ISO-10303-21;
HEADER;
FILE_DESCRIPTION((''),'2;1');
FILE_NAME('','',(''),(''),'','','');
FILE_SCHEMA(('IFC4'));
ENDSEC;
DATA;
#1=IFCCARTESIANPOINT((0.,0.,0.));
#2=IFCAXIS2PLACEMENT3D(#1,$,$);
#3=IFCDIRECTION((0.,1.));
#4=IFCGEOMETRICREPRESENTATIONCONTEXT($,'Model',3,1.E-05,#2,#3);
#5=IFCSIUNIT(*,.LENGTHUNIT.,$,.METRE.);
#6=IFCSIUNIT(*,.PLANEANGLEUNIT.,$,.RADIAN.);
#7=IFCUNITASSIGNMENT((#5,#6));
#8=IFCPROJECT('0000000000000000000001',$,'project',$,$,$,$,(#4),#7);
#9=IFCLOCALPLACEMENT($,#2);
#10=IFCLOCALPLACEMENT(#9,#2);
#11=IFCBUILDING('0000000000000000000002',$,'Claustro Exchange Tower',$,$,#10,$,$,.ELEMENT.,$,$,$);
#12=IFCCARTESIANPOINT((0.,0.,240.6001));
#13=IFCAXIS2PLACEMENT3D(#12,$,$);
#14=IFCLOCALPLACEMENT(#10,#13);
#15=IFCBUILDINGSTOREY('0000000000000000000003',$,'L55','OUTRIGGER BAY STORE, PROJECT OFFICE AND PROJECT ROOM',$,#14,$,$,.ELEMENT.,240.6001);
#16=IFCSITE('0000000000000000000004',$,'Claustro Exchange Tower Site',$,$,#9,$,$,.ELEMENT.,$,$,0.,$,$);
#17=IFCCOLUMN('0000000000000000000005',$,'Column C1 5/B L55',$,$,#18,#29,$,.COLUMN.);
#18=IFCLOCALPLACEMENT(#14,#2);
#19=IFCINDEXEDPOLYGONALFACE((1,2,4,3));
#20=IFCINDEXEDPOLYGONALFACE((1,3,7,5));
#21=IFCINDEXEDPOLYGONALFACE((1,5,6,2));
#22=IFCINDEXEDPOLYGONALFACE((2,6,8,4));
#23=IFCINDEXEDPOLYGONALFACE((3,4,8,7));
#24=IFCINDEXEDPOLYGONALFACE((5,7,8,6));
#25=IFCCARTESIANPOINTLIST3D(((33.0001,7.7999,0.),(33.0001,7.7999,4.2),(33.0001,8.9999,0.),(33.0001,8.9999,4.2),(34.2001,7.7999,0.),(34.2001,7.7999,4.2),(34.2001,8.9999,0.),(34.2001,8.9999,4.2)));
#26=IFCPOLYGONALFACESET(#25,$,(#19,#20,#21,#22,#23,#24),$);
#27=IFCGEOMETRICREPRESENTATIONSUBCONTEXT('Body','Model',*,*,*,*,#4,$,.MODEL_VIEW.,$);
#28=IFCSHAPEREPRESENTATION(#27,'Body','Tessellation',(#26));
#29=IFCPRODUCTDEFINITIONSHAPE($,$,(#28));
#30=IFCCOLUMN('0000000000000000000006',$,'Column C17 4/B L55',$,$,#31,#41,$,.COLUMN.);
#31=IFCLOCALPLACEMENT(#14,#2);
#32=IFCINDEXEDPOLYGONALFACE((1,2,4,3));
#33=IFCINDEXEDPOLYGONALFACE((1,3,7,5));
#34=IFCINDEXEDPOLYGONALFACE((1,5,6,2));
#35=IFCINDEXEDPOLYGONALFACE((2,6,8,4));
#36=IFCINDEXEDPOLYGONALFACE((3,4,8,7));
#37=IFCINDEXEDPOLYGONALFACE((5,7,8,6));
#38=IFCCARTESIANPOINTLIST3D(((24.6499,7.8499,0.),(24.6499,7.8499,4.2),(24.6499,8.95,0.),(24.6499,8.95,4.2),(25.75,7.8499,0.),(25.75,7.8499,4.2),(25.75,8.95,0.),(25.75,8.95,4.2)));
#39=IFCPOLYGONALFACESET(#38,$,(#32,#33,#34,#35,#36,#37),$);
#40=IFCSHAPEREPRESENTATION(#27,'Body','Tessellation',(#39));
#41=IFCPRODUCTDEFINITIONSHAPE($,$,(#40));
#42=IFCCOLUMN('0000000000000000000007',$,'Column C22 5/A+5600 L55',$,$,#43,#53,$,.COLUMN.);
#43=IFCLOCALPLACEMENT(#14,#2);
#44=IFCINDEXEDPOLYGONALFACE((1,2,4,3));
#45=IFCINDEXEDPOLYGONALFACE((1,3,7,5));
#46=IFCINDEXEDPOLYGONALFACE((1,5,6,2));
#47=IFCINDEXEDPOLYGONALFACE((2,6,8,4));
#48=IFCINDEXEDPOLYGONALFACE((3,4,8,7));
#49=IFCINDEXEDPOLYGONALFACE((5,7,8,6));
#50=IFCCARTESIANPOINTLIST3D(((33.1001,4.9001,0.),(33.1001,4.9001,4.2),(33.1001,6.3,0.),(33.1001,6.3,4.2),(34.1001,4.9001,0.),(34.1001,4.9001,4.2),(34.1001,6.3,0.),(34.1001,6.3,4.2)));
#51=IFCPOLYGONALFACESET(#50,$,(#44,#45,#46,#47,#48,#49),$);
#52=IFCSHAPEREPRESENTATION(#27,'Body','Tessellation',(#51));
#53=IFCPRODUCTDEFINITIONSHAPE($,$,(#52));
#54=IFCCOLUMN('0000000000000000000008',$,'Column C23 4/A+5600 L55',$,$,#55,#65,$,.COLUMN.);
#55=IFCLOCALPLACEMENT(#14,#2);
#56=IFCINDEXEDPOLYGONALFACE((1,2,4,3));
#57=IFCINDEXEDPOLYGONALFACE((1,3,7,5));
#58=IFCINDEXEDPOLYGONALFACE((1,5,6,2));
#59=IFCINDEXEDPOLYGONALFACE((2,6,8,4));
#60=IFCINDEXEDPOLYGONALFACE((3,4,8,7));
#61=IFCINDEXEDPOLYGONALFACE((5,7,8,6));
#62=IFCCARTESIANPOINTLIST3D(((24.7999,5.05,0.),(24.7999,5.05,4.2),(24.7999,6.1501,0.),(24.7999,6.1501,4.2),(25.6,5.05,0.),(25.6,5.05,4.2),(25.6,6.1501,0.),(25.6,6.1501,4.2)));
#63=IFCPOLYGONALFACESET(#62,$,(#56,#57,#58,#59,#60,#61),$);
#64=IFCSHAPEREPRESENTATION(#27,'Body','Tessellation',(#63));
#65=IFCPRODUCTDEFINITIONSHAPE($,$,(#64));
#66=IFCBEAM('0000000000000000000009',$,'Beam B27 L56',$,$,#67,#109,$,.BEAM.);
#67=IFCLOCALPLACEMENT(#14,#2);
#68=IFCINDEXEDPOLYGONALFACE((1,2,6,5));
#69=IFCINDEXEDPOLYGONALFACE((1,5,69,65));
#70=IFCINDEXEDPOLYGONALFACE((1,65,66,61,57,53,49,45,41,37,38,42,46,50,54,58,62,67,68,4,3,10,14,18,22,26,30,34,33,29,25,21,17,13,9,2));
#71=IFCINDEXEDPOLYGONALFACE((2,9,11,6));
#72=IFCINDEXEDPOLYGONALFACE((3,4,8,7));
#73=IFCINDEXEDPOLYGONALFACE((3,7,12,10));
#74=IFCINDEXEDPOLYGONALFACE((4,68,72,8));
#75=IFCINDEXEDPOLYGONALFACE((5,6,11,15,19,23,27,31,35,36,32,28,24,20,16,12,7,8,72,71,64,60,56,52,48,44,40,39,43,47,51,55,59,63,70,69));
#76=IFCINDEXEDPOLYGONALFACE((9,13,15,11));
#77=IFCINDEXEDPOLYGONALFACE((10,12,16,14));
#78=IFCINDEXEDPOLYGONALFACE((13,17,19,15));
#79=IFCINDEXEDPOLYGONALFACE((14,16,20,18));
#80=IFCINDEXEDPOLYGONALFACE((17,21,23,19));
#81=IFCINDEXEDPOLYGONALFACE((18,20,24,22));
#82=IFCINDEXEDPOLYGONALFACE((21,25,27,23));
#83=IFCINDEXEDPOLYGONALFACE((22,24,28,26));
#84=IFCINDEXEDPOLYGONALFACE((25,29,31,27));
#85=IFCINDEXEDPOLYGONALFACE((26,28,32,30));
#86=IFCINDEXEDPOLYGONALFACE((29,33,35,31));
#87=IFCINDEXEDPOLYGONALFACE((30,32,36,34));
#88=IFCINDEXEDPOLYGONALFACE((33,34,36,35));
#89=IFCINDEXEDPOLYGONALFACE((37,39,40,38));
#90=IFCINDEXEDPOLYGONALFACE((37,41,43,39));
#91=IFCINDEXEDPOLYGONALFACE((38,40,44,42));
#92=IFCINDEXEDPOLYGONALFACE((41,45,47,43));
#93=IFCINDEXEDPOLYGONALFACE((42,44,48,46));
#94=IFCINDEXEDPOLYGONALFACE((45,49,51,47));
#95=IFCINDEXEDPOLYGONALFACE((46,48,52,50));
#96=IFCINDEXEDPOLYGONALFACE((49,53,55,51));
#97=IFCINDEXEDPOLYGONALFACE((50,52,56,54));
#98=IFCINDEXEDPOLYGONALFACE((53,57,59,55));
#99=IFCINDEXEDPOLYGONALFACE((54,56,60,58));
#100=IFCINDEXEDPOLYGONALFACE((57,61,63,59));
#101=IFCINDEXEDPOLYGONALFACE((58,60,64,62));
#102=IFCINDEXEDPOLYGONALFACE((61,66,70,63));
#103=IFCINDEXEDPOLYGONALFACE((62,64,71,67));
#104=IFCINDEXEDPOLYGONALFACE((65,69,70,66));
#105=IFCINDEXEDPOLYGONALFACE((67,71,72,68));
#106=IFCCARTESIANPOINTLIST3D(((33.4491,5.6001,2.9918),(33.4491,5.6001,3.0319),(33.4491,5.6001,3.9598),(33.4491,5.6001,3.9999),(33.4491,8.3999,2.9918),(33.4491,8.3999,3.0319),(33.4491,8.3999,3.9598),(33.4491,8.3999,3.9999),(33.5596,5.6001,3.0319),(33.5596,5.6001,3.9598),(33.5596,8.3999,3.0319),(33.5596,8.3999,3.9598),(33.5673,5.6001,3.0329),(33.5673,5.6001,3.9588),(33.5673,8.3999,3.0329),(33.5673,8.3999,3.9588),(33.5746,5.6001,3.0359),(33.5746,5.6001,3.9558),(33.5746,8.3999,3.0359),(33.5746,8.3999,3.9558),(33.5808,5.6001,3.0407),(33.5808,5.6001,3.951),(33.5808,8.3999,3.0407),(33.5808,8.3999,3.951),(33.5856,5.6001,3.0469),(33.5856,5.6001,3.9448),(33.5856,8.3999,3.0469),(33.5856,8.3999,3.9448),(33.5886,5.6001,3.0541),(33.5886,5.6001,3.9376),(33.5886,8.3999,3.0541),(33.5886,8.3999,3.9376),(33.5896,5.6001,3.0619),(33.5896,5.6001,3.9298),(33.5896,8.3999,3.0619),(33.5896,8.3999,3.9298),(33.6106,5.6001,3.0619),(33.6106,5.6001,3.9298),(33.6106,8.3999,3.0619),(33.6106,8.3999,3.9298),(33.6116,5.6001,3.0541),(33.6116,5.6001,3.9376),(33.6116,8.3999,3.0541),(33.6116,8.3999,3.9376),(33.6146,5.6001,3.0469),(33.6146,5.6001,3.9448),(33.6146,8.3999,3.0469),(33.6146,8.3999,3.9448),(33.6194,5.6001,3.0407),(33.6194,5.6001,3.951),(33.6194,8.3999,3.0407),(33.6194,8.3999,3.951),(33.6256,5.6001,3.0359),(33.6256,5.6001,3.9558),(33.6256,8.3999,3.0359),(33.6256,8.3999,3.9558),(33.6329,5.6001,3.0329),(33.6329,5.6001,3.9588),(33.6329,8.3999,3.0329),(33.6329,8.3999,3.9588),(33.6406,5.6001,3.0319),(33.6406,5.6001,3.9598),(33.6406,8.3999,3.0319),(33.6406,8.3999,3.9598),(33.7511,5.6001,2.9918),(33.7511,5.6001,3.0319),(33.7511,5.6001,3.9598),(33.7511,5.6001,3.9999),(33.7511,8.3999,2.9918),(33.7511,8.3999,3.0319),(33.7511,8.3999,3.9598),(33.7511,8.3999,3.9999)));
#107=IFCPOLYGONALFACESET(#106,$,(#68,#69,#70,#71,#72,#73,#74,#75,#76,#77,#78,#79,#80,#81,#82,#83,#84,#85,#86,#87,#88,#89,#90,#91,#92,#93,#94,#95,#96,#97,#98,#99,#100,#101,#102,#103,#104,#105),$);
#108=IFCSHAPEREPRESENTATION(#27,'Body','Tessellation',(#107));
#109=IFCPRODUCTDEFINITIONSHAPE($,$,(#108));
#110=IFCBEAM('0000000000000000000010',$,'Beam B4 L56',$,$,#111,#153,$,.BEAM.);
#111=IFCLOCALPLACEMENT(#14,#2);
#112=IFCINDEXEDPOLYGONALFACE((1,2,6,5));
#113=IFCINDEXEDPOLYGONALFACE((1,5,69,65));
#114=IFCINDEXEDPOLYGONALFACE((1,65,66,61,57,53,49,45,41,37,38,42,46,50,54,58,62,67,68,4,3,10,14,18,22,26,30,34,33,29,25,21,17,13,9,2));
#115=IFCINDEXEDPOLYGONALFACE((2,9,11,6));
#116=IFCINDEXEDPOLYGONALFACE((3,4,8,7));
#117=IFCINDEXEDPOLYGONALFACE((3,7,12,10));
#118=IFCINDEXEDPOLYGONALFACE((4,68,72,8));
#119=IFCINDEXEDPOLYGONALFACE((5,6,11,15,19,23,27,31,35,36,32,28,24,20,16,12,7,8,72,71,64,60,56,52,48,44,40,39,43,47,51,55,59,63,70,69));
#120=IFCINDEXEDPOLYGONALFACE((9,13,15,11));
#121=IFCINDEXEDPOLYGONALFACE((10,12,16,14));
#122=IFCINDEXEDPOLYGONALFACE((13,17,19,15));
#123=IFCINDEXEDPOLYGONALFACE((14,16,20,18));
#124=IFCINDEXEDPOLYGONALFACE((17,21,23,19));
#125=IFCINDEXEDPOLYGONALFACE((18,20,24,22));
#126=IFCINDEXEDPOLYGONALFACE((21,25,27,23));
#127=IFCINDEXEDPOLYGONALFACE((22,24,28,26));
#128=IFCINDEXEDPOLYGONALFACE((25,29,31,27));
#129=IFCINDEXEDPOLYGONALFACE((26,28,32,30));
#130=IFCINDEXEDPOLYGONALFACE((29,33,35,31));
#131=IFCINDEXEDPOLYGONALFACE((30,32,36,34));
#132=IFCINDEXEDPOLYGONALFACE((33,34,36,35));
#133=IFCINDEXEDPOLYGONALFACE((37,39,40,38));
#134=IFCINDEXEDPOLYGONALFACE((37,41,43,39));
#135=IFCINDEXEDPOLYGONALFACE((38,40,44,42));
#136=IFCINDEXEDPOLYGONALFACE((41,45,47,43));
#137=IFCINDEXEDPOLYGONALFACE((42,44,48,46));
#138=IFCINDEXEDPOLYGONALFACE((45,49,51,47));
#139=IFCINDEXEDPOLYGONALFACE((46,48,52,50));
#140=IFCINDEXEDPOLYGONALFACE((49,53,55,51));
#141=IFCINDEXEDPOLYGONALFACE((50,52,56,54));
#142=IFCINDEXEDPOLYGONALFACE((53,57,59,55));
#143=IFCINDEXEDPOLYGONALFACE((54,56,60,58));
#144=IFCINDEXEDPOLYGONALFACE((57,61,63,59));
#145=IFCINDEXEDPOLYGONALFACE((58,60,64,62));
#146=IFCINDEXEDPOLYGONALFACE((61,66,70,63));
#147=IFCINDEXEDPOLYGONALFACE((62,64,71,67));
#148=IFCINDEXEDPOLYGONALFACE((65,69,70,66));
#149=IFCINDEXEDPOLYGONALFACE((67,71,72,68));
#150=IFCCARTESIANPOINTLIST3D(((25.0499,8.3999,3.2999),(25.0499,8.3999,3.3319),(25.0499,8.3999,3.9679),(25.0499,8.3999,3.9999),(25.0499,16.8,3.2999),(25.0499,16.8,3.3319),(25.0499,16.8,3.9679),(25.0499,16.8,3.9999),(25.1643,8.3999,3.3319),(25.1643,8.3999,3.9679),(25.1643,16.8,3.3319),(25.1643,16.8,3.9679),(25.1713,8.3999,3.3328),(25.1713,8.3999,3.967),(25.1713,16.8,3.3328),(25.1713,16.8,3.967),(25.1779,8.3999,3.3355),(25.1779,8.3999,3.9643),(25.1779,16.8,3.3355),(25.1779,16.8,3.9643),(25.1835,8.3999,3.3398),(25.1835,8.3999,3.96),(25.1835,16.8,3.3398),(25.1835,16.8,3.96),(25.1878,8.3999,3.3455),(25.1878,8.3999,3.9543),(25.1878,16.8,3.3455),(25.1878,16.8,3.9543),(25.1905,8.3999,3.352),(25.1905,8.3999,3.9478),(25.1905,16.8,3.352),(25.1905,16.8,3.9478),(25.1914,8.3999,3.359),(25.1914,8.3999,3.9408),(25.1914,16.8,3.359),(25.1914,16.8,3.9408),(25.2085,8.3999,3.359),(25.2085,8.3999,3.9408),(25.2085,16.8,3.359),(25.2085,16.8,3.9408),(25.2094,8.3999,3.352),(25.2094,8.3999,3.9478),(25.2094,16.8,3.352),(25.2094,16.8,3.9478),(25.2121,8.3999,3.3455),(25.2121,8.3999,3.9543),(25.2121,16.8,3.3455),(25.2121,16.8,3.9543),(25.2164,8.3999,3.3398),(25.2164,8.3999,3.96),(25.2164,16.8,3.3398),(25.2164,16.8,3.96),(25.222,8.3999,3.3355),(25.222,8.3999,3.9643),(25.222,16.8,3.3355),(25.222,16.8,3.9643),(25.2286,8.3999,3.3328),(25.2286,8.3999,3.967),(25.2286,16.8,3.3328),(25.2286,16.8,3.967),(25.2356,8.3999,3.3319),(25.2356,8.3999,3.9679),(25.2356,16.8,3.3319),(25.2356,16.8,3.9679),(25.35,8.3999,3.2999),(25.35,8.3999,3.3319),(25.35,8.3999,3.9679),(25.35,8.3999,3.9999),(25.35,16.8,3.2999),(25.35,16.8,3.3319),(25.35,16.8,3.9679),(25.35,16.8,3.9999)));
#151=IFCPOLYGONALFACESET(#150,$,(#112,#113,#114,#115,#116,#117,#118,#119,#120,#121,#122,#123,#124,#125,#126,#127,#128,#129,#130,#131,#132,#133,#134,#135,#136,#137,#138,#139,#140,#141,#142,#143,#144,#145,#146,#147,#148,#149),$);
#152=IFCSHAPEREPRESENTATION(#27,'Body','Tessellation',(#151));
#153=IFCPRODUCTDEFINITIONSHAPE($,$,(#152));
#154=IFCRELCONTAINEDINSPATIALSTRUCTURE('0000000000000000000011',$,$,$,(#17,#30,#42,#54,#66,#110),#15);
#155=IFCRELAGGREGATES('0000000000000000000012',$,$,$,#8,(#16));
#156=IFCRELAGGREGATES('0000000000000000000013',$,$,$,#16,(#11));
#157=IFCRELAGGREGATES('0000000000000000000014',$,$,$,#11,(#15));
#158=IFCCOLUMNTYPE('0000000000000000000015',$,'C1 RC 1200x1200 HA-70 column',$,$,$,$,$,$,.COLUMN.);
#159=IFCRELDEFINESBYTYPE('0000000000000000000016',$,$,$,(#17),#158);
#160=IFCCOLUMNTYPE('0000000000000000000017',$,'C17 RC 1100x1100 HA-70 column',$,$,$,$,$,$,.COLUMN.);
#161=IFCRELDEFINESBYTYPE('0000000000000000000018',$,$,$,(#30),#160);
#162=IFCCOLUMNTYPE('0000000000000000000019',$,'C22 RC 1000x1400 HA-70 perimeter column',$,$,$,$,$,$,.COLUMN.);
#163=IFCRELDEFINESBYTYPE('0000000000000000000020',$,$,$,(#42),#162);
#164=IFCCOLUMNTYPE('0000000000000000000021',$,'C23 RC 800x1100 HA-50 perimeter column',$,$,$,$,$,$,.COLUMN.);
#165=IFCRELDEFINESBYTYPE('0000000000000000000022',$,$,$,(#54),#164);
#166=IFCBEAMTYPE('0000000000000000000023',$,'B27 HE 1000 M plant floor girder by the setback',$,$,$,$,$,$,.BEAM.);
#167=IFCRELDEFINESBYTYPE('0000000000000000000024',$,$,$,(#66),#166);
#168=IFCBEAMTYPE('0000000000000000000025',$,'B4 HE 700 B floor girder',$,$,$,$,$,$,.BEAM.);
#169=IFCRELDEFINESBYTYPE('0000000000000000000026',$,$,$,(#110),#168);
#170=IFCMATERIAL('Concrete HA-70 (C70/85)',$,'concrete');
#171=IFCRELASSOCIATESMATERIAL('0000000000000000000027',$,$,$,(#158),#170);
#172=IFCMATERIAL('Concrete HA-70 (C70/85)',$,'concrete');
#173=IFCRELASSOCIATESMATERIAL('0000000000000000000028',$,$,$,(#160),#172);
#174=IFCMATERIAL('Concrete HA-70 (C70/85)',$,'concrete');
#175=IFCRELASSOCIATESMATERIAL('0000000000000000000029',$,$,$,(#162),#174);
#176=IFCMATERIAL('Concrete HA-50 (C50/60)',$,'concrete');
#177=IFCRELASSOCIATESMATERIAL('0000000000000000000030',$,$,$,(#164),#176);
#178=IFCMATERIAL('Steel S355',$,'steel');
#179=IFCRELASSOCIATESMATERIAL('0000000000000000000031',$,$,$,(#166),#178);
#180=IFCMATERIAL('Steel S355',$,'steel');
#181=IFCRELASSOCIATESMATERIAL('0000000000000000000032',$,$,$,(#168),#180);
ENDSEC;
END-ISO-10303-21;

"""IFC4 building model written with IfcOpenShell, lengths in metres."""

from ifc_helpers import new_model, si_unit, direction, frame, origin, origin_2d, place, context, subcontext, project, spatial, rectangle, i_section, extrude, material, material_profile, profile_set, type_object, element, save


model = new_model("IFC4")

# Units and contexts
model_context = context("Model", 3, precision=1e-05, world=origin(), true_north=direction((0.0, 1.0)))
body_context = subcontext(model_context, "Body", "Model", "MODEL_VIEW")
ifc_project = project(units=[si_unit("LENGTHUNIT", "METRE"), si_unit("PLANEANGLEUNIT", "RADIAN")], contexts=[model_context])

# Site, building, storey
site_placement = place(None, origin())
site = spatial("IfcSite", under=ifc_project, at=site_placement, Name="Claustro Exchange Tower Site", CompositionType="ELEMENT", RefElevation=0.0)
building_placement = place(site_placement, origin())
building = spatial("IfcBuilding", under=site, at=building_placement, Name="Claustro Exchange Tower", CompositionType="ELEMENT")
storey_placement = place(building_placement, frame((0.0, 0.0, 240.6001)))
storey = spatial("IfcBuildingStorey", under=building, at=storey_placement, Name="L55", Description="OUTRIGGER BAY STORE, PROJECT OFFICE AND PROJECT ROOM", CompositionType="ELEMENT", Elevation=240.6001)

# Columns
ifc_material_1 = material(Name="Concrete HA-70 (C70/85)", Category="concrete")
ifc_material_profile_1 = material_profile(ifc_material_1, rectangle(XDim=1.2, YDim=1.2, at=origin_2d()), Name="RC 1200x1200")
ifc_profile_set_1 = profile_set([ifc_material_profile_1], Name="Concrete HA-70 (C70/85)")
column_type_1 = type_object("IfcColumnType", Name="C1 RC 1200x1200 HA-70 column", PredefinedType="COLUMN", material=ifc_profile_set_1)
column_1_placement = place(storey_placement, frame((33.6001, 8.3999, 0.0), z_axis=(0.0, 0.0, 1.0), x_axis=(1.0, 0.0, 0.0)))
element("IfcColumn", 1, at=column_1_placement, inside=storey, type_object=column_type_1, Name="Column C1 5/B L55", PredefinedType="COLUMN", context=body_context, shape_type="SweptSolid", body=[
    extrude(rectangle(XDim=1.2, YDim=1.2, at=origin_2d()), origin(), (0.0, 0.0, 1.0), 4.2),
])
ifc_material_2 = material(Name="Concrete HA-70 (C70/85)", Category="concrete")
ifc_material_profile_2 = material_profile(ifc_material_2, rectangle(XDim=1.1001, YDim=1.1001, at=origin_2d()), Name="RC 1100x1100")
ifc_profile_set_2 = profile_set([ifc_material_profile_2], Name="Concrete HA-70 (C70/85)")
column_type_2 = type_object("IfcColumnType", Name="C17 RC 1100x1100 HA-70 column", PredefinedType="COLUMN", material=ifc_profile_set_2)
column_2_placement = place(storey_placement, frame((25.2, 8.3999, 0.0), z_axis=(0.0, 0.0, 1.0), x_axis=(1.0, 0.0, 0.0)))
element("IfcColumn", 2, at=column_2_placement, inside=storey, type_object=column_type_2, Name="Column C17 4/B L55", PredefinedType="COLUMN", context=body_context, shape_type="SweptSolid", body=[
    extrude(rectangle(XDim=1.1001, YDim=1.1001, at=origin_2d()), origin(), (0.0, 0.0, 1.0), 4.2),
])
ifc_material_3 = material(Name="Concrete HA-70 (C70/85)", Category="concrete")
ifc_material_profile_3 = material_profile(ifc_material_3, rectangle(XDim=1.0, YDim=1.3999, at=origin_2d()), Name="RC 1000x1400")
ifc_profile_set_3 = profile_set([ifc_material_profile_3], Name="Concrete HA-70 (C70/85)")
column_type_3 = type_object("IfcColumnType", Name="C22 RC 1000x1400 HA-70 perimeter column", PredefinedType="COLUMN", material=ifc_profile_set_3)
column_3_placement = place(storey_placement, frame((33.6001, 5.6001, 0.0), z_axis=(0.0, 0.0, 1.0), x_axis=(1.0, 0.0, 0.0)))
element("IfcColumn", 3, at=column_3_placement, inside=storey, type_object=column_type_3, Name="Column C22 5/A+5600 L55", PredefinedType="COLUMN", context=body_context, shape_type="SweptSolid", body=[
    extrude(rectangle(XDim=1.0, YDim=1.3999, at=origin_2d()), origin(), (0.0, 0.0, 1.0), 4.2),
])
ifc_material_4 = material(Name="Concrete HA-50 (C50/60)", Category="concrete")
ifc_material_profile_4 = material_profile(ifc_material_4, rectangle(XDim=0.8, YDim=1.1001, at=origin_2d()), Name="RC 800x1100")
ifc_profile_set_4 = profile_set([ifc_material_profile_4], Name="Concrete HA-50 (C50/60)")
column_type_4 = type_object("IfcColumnType", Name="C23 RC 800x1100 HA-50 perimeter column", PredefinedType="COLUMN", material=ifc_profile_set_4)
column_4_placement = place(storey_placement, frame((25.2, 5.6001, 0.0), z_axis=(0.0, 0.0, 1.0), x_axis=(1.0, 0.0, 0.0)))
element("IfcColumn", 4, at=column_4_placement, inside=storey, type_object=column_type_4, Name="Column C23 4/A+5600 L55", PredefinedType="COLUMN", context=body_context, shape_type="SweptSolid", body=[
    extrude(rectangle(XDim=0.8, YDim=1.1001, at=origin_2d()), origin(), (0.0, 0.0, 1.0), 4.2),
])

# Beams
ifc_material_5 = material(Name="Steel S355", Category="steel")
ifc_material_profile_5 = material_profile(ifc_material_5, i_section(OverallWidth=0.302, OverallDepth=1.0081, WebThickness=0.021, FlangeThickness=0.04, FilletRadius=0.03, at=origin_2d()), Name="HE 1000 M")
ifc_profile_set_5 = profile_set([ifc_material_profile_5], Name="Steel S355")
beam_type_1 = type_object("IfcBeamType", Name="B27 HE 1000 M plant floor girder by the setback", PredefinedType="BEAM", material=ifc_profile_set_5)
beam_1_placement = place(storey_placement, frame((33.6001, 5.6001, 3.4958), z_axis=(0.0, 1.0, 0.0), x_axis=(-1.0, 0.0, 0.0)))
element("IfcBeam", 5, at=beam_1_placement, inside=storey, type_object=beam_type_1, Name="Beam B27 L56", PredefinedType="BEAM", context=body_context, shape_type="SweptSolid", body=[
    extrude(i_section(OverallWidth=0.302, OverallDepth=1.0081, WebThickness=0.021, FlangeThickness=0.04, FilletRadius=0.03, at=origin_2d()), origin(), (0.0, 0.0, 1.0), 2.7998),
])
ifc_material_6 = material(Name="Steel S355", Category="steel")
ifc_material_profile_6 = material_profile(ifc_material_6, i_section(OverallWidth=0.3, OverallDepth=0.7, WebThickness=0.0171, FlangeThickness=0.032, FilletRadius=0.0271, at=origin_2d()), Name="HE 700 B")
ifc_profile_set_6 = profile_set([ifc_material_profile_6], Name="Steel S355")
beam_type_2 = type_object("IfcBeamType", Name="B4 HE 700 B floor girder", PredefinedType="BEAM", material=ifc_profile_set_6)
for number, where, z_axis, x_axis, name in (
    (6, (25.2, 8.3999, 3.6499), (0.0, 1.0, 0.0), (-1.0, 0.0, 0.0), "Beam B4 L56"),
):
    element("IfcBeam", number, at=place(storey_placement, frame(where, z_axis=z_axis, x_axis=x_axis)), inside=storey, type_object=beam_type_2, Name=name, PredefinedType="BEAM", context=body_context, shape_type="SweptSolid", body=[
        extrude(i_section(OverallWidth=0.3, OverallDepth=0.7, WebThickness=0.0171, FlangeThickness=0.032, FilletRadius=0.0271, at=origin_2d()), origin(), (0.0, 0.0, 1.0), 8.4001),
    ])

save(model, "model.ifc")
